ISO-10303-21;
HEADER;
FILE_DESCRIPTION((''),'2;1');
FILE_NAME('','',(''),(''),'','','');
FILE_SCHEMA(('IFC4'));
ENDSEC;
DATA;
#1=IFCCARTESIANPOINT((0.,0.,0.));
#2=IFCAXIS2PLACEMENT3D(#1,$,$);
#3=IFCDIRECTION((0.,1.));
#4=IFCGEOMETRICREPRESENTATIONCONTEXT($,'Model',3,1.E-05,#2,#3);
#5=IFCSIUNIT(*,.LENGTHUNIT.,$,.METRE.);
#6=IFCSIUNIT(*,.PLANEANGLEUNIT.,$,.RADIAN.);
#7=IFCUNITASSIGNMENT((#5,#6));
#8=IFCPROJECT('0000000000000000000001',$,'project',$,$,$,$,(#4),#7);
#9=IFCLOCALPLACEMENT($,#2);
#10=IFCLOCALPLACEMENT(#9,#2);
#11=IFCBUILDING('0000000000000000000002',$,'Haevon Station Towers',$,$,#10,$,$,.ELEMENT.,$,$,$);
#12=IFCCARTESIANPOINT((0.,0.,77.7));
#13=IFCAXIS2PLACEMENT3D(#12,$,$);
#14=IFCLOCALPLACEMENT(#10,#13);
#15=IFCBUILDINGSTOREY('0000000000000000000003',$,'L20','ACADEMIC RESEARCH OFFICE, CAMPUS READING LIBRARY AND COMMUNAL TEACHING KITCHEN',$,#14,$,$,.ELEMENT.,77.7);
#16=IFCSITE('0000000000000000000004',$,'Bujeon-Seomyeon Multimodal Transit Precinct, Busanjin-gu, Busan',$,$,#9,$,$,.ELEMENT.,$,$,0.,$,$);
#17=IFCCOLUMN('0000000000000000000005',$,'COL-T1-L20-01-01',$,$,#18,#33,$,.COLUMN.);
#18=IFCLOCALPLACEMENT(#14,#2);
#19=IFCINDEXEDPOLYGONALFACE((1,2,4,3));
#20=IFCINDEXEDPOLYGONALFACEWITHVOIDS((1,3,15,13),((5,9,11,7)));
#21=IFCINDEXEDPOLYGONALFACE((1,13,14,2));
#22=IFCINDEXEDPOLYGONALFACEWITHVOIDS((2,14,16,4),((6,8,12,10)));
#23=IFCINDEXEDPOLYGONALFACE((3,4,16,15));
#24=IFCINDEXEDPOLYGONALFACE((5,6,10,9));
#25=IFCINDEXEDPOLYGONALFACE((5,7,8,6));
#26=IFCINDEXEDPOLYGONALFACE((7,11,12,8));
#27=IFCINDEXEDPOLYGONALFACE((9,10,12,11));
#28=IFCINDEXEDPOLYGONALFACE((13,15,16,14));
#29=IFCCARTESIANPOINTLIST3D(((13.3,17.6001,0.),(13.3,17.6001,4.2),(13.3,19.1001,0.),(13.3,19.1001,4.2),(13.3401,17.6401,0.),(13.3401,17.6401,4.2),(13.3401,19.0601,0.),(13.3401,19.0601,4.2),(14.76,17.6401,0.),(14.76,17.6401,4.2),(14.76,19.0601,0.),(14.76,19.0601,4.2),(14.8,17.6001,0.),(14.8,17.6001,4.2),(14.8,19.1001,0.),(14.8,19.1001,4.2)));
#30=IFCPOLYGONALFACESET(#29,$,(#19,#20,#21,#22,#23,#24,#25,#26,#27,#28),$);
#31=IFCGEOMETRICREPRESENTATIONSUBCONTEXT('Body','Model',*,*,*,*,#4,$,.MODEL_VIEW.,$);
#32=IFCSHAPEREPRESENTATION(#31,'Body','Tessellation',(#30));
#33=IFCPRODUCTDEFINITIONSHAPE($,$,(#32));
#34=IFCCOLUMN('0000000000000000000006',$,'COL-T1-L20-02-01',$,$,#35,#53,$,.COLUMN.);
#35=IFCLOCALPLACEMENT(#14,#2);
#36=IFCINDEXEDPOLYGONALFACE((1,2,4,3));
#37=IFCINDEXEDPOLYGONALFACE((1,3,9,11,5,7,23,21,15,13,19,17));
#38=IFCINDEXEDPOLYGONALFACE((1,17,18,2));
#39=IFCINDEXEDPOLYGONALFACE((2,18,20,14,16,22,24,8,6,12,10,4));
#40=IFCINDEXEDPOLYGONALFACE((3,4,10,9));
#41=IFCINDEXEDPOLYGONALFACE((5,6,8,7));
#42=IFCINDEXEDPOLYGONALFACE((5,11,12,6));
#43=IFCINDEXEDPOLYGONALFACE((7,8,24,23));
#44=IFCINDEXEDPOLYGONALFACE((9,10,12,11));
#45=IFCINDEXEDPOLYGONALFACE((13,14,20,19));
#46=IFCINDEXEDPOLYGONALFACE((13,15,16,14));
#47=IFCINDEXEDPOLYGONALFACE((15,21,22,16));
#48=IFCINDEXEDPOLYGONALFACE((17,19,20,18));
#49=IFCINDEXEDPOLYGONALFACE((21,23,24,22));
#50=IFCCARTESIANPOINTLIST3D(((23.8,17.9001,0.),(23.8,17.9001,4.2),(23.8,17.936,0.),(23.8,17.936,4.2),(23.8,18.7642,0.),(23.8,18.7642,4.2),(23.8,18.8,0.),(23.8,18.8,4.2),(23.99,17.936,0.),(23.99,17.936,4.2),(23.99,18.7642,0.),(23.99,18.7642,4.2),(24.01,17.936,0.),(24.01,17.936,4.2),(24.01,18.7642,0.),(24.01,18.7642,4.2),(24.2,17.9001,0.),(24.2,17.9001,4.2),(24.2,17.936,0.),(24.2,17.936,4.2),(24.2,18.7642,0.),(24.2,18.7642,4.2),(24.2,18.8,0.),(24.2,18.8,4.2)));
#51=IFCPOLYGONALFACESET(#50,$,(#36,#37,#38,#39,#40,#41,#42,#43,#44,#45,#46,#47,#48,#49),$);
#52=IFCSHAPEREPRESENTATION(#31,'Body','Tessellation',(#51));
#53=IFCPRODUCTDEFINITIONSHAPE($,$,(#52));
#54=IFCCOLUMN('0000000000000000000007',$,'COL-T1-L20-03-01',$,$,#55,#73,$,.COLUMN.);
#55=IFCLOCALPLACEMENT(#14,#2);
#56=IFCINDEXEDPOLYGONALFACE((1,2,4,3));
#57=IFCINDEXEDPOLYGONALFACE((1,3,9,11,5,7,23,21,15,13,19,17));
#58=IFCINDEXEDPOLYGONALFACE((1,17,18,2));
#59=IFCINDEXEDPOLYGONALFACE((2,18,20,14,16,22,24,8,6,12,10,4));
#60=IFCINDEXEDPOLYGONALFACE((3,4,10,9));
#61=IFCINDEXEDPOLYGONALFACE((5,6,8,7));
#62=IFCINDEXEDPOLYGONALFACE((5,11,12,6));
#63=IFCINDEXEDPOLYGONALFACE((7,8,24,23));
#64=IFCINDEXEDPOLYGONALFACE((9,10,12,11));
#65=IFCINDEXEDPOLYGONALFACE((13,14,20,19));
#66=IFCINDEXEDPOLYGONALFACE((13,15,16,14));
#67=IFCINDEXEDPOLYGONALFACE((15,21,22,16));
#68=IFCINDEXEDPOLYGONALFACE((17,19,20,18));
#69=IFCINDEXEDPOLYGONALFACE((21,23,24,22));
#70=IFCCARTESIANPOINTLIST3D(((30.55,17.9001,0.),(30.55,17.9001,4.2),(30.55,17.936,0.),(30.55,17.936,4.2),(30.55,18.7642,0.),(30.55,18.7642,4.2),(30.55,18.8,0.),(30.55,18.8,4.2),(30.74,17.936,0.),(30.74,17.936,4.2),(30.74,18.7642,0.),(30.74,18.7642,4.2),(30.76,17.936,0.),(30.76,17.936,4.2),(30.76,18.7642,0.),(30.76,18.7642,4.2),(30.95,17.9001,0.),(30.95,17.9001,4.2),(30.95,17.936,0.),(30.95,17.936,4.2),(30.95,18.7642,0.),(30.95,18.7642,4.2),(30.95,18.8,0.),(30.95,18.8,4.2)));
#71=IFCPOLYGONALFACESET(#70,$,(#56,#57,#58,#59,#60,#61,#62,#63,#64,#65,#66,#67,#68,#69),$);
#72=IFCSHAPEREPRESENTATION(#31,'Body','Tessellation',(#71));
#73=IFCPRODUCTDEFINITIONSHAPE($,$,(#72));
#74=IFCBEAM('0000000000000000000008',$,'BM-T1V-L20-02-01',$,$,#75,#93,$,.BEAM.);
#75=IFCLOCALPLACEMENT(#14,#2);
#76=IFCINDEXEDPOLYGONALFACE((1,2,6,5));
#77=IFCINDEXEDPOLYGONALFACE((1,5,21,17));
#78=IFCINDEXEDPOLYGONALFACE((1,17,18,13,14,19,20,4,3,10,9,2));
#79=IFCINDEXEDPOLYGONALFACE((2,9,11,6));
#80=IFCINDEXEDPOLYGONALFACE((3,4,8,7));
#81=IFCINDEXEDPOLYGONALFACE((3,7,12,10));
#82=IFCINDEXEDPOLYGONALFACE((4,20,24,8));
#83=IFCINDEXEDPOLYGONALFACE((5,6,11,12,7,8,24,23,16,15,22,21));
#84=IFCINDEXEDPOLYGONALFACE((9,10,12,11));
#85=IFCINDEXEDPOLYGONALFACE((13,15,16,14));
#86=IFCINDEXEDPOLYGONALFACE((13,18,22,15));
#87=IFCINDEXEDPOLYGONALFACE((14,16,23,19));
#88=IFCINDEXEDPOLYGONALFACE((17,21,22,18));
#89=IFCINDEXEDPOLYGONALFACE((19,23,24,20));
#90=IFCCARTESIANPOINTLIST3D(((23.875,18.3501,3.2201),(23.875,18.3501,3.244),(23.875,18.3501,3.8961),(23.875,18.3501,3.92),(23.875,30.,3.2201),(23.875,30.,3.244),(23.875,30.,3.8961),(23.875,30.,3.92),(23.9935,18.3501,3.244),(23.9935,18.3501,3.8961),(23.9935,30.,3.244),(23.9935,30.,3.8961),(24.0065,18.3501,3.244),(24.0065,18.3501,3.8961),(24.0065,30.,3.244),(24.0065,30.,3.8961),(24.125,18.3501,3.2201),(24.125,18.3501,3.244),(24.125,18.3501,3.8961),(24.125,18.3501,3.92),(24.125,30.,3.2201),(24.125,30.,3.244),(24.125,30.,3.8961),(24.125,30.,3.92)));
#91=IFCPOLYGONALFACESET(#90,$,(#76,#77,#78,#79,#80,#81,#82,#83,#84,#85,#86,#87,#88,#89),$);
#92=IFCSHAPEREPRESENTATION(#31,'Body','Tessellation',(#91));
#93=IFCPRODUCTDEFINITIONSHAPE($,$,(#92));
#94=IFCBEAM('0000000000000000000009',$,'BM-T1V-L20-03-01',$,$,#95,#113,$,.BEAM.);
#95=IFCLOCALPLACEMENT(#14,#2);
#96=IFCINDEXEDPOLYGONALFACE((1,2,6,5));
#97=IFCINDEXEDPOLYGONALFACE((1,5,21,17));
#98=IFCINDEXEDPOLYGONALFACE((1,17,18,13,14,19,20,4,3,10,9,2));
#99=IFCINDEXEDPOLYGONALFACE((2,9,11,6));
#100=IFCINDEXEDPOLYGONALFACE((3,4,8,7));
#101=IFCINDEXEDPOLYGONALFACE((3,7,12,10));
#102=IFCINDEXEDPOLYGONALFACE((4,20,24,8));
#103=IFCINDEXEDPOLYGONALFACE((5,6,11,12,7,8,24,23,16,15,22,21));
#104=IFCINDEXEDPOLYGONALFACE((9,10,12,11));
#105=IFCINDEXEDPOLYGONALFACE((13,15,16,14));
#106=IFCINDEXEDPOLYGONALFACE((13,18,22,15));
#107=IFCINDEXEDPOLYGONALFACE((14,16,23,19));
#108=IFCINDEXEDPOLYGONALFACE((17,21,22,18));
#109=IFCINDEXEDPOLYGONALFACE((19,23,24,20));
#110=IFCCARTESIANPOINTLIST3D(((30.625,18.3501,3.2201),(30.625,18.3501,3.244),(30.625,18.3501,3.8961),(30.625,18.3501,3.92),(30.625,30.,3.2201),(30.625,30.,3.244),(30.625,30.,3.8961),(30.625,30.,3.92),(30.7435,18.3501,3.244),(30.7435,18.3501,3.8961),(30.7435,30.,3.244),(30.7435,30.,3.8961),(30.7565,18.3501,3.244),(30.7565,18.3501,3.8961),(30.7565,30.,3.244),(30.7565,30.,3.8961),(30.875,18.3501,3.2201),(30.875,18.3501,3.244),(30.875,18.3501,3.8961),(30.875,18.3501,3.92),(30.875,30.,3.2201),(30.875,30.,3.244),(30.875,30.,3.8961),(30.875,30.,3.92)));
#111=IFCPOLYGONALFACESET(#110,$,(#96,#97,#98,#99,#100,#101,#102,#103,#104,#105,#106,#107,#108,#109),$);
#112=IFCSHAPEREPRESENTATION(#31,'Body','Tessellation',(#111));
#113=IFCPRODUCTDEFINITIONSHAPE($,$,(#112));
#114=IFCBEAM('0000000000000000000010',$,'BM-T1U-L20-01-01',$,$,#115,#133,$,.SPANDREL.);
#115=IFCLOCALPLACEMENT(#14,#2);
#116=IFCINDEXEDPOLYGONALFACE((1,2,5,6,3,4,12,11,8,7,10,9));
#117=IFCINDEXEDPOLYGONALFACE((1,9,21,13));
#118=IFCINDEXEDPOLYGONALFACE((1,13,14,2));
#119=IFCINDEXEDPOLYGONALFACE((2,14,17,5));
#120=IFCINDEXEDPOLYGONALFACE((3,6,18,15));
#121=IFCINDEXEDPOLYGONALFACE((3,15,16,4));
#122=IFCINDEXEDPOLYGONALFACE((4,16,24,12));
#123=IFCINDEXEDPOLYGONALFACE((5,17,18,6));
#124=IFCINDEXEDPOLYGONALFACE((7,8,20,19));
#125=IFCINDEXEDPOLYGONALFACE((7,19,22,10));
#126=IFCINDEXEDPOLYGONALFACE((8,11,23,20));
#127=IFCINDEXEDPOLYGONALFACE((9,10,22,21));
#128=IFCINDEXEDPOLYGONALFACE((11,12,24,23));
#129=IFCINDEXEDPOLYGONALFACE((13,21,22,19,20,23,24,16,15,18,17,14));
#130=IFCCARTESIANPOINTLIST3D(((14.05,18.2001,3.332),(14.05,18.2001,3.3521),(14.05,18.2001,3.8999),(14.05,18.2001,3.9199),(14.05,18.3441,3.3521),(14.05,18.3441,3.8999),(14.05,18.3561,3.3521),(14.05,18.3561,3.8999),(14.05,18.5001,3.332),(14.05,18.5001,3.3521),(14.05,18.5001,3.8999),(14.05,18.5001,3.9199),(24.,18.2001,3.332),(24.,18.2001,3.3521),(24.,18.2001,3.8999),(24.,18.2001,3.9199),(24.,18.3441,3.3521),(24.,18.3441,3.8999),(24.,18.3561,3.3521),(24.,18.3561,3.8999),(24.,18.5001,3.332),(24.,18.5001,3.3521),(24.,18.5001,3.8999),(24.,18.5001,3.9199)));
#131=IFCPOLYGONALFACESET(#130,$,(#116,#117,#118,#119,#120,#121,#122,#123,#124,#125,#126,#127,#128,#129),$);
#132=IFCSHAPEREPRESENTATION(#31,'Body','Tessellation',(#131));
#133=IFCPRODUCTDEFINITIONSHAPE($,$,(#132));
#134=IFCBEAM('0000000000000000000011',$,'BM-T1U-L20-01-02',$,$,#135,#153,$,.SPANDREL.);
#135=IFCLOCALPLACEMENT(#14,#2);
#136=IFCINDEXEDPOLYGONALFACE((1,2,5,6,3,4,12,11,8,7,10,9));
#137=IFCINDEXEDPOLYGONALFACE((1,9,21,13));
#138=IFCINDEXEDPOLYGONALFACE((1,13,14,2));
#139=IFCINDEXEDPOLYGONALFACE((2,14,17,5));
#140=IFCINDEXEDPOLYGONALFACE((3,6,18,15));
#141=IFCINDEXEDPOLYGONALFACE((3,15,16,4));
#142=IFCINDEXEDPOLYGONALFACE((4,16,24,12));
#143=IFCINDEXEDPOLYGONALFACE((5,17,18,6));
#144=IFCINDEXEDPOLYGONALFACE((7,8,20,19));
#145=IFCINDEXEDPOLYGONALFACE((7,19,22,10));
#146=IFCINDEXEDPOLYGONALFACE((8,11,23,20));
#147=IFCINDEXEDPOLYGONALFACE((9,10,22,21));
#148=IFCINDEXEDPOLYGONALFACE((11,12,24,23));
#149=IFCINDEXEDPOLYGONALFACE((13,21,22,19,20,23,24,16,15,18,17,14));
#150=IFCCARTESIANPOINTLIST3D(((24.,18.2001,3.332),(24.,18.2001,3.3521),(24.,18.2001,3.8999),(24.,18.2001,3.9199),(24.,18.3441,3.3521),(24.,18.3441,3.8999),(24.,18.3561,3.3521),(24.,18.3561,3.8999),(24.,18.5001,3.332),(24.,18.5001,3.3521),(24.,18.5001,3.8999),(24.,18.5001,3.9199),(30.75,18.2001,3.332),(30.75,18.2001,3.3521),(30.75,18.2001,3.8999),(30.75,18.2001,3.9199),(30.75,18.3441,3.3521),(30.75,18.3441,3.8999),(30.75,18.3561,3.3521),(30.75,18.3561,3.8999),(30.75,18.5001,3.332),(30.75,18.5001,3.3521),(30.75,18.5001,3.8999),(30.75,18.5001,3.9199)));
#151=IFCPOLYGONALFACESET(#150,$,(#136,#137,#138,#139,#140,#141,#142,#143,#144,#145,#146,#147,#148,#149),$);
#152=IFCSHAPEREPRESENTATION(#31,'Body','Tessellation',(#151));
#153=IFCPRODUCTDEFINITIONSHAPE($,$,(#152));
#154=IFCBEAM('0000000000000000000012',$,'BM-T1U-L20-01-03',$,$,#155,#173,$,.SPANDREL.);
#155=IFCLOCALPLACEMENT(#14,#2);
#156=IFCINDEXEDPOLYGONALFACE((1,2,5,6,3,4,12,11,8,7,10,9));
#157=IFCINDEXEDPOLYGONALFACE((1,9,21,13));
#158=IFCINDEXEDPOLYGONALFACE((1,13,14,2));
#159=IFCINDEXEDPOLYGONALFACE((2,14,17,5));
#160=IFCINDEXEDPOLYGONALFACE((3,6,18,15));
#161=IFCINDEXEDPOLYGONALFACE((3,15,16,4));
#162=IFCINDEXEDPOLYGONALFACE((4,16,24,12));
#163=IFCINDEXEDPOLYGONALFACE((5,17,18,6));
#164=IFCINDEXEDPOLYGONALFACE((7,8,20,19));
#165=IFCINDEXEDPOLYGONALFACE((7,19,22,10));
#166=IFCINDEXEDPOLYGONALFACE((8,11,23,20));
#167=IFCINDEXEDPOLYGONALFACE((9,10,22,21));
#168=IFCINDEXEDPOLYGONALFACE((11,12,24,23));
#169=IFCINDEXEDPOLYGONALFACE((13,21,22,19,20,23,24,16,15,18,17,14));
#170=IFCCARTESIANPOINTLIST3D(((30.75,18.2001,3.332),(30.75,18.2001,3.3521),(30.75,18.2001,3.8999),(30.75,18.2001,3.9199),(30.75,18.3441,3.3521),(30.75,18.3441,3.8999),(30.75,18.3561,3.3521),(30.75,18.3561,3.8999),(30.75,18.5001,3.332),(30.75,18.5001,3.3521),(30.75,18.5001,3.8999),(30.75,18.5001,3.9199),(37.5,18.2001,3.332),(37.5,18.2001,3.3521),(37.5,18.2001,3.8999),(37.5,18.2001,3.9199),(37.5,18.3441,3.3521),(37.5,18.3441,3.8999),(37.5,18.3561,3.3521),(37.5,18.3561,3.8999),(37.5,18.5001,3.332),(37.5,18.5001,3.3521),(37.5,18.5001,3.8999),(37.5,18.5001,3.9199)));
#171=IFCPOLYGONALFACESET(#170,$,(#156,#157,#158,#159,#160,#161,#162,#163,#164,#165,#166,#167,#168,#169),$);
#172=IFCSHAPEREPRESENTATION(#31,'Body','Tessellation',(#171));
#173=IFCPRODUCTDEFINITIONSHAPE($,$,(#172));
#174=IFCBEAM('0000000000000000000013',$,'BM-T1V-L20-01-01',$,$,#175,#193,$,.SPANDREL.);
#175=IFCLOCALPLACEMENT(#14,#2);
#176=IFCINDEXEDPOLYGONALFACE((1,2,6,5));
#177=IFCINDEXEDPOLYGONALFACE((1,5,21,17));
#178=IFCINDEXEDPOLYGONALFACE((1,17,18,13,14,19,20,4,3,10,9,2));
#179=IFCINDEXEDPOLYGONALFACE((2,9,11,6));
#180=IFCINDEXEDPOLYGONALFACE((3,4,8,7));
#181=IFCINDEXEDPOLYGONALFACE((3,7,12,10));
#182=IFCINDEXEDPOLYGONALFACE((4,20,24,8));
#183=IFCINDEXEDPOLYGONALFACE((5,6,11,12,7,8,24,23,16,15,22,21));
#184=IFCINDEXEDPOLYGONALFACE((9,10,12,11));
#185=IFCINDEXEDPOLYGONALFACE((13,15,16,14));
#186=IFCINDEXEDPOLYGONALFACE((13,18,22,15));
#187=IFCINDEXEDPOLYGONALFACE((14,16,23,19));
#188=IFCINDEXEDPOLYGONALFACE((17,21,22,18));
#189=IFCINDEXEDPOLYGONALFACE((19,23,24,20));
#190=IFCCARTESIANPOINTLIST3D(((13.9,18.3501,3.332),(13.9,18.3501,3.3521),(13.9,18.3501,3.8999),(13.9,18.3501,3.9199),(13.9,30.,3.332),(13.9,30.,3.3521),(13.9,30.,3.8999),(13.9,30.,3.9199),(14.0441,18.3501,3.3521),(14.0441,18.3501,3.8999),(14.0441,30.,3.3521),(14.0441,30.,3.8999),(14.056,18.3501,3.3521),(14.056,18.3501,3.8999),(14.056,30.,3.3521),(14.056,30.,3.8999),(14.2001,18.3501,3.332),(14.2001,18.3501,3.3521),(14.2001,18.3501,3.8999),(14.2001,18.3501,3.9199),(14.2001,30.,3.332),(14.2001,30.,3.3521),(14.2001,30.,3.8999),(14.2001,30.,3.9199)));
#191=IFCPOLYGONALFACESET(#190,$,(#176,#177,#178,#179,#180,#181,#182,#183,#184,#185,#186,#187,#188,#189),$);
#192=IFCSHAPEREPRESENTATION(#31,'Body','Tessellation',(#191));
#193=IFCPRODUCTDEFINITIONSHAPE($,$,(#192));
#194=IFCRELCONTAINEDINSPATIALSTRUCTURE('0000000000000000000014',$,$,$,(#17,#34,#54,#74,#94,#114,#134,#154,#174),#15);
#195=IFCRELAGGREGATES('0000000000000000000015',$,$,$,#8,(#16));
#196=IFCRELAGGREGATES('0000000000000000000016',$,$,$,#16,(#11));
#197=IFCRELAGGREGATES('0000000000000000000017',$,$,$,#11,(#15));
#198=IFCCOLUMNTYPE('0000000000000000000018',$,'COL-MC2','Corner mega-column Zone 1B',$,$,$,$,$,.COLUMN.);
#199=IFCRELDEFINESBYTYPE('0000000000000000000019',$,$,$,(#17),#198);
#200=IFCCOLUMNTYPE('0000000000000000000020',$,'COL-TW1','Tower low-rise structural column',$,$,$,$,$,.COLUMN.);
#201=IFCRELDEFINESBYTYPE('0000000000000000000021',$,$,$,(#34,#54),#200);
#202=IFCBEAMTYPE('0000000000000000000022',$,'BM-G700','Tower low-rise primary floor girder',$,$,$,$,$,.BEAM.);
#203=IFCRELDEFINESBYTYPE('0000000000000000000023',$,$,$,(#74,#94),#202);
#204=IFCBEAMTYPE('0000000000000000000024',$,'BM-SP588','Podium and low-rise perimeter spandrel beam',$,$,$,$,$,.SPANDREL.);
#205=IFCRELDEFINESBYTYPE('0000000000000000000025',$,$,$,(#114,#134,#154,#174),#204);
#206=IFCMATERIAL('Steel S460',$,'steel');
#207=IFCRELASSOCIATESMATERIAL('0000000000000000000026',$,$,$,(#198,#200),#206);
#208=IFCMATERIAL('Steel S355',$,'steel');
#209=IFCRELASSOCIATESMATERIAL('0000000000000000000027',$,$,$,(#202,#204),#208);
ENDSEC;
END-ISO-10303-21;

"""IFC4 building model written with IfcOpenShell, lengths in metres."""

from ifc_helpers import new_model, si_unit, direction, frame, origin, origin_2d, place, context, subcontext, project, spatial, hollow_rectangle, i_section, extrude, material, material_profile, profile_set, type_object, element, save


model = new_model("IFC4")

# Units and contexts
model_context = context("Model", 3, precision=1e-05, world=origin(), true_north=direction((0.0, 1.0)))
body_context = subcontext(model_context, "Body", "Model", "MODEL_VIEW")
ifc_project = project(units=[si_unit("LENGTHUNIT", "METRE"), si_unit("PLANEANGLEUNIT", "RADIAN")], contexts=[model_context])

# Site, building, storey
site_placement = place(None, origin())
site = spatial("IfcSite", under=ifc_project, at=site_placement, Name="Bujeon-Seomyeon Multimodal Transit Precinct, Busanjin-gu, Busan", CompositionType="ELEMENT", RefElevation=0.0)
building_placement = place(site_placement, origin())
building = spatial("IfcBuilding", under=site, at=building_placement, Name="Haevon Station Towers", CompositionType="ELEMENT")
storey_placement = place(building_placement, frame((0.0, 0.0, 77.7)))
storey = spatial("IfcBuildingStorey", under=building, at=storey_placement, Name="L20", Description="ACADEMIC RESEARCH OFFICE, CAMPUS READING LIBRARY AND COMMUNAL TEACHING KITCHEN", CompositionType="ELEMENT", Elevation=77.7)

# Columns
ifc_material_1 = material(Name="Steel S460", Category="steel")
ifc_material_profile_1 = material_profile(ifc_material_1, hollow_rectangle(XDim=1.5, YDim=1.5, WallThickness=0.04, at=origin_2d()), Name="BOX-1500x1500x40")
ifc_profile_set_1 = profile_set([ifc_material_profile_1], Name="Steel S460")
column_type_1 = type_object("IfcColumnType", Name="COL-MC2", Description="Corner mega-column Zone 1B", PredefinedType="COLUMN", material=ifc_profile_set_1)
column_placement = place(storey_placement, frame((14.05, 18.3501, 0.0), z_axis=(0.0, 0.0, 1.0), x_axis=(1.0, 0.0, 0.0)))
element("IfcColumn", 1, at=column_placement, inside=storey, type_object=column_type_1, Name="COL-T1-L20-01-01", PredefinedType="COLUMN", context=body_context, shape_type="SweptSolid", body=[
    extrude(hollow_rectangle(XDim=1.5, YDim=1.5, WallThickness=0.04, at=origin_2d()), origin(), (0.0, 0.0, 1.0), 4.2),
])
ifc_material_profile_2 = material_profile(ifc_material_1, i_section(OverallWidth=0.3999, OverallDepth=0.8999, WebThickness=0.02, FlangeThickness=0.0359, at=origin_2d()), Name="H-900x400x20x36")
ifc_profile_set_2 = profile_set([ifc_material_profile_2], Name="Steel S460")
column_type_2 = type_object("IfcColumnType", Name="COL-TW1", Description="Tower low-rise structural column", PredefinedType="COLUMN", material=ifc_profile_set_2)
for number, where, z_axis, x_axis, name in (
    (2, (24.0, 18.3501, 0.0), (0.0, 0.0, 1.0), (1.0, 0.0, 0.0), "COL-T1-L20-02-01"),
    (3, (30.75, 18.3501, 0.0), (0.0, 0.0, 1.0), (1.0, 0.0, 0.0), "COL-T1-L20-03-01"),
):
    element("IfcColumn", number, at=place(storey_placement, frame(where, z_axis=z_axis, x_axis=x_axis)), inside=storey, type_object=column_type_2, Name=name, PredefinedType="COLUMN", context=body_context, shape_type="SweptSolid", body=[
        extrude(i_section(OverallWidth=0.3999, OverallDepth=0.8999, WebThickness=0.02, FlangeThickness=0.0359, at=origin_2d()), origin(), (0.0, 0.0, 1.0), 4.2),
    ])

# Beams
ifc_material_2 = material(Name="Steel S355", Category="steel")
ifc_material_profile_3 = material_profile(ifc_material_2, i_section(OverallWidth=0.25, OverallDepth=0.7, WebThickness=0.0129, FlangeThickness=0.0239, at=origin_2d()), Name="H-700x250x13x24")
ifc_profile_set_3 = profile_set([ifc_material_profile_3], Name="Steel S355")
beam_type_1 = type_object("IfcBeamType", Name="BM-G700", Description="Tower low-rise primary floor girder", PredefinedType="BEAM", material=ifc_profile_set_3)
for number, where, z_axis, x_axis, name in (
    (4, (24.0, 18.3501, 3.5701), (0.0, 1.0, 0.0), (-1.0, 0.0, 0.0), "BM-T1V-L20-02-01"),
    (5, (30.75, 18.3501, 3.5701), (0.0, 1.0, 0.0), (-1.0, 0.0, 0.0), "BM-T1V-L20-03-01"),
):
    element("IfcBeam", number, at=place(storey_placement, frame(where, z_axis=z_axis, x_axis=x_axis)), inside=storey, type_object=beam_type_1, Name=name, PredefinedType="BEAM", context=body_context, shape_type="SweptSolid", body=[
        extrude(i_section(OverallWidth=0.25, OverallDepth=0.7, WebThickness=0.0129, FlangeThickness=0.0239, at=origin_2d()), origin(), (0.0, 0.0, 1.0), 11.6499),
    ])
ifc_material_profile_4 = material_profile(ifc_material_2, i_section(OverallWidth=0.3, OverallDepth=0.5879, WebThickness=0.012, FlangeThickness=0.02, at=origin_2d()), Name="H-588x300x12x20")
ifc_profile_set_4 = profile_set([ifc_material_profile_4], Name="Steel S355")
beam_type_2 = type_object("IfcBeamType", Name="BM-SP588", Description="Podium and low-rise perimeter spandrel beam", PredefinedType="SPANDREL", material=ifc_profile_set_4)
beam_1_placement = place(storey_placement, frame((14.05, 18.3501, 3.626), z_axis=(1.0, 0.0, 0.0), x_axis=(0.0, 1.0, 0.0)))
element("IfcBeam", 6, at=beam_1_placement, inside=storey, type_object=beam_type_2, Name="BM-T1U-L20-01-01", PredefinedType="SPANDREL", context=body_context, shape_type="SweptSolid", body=[
    extrude(i_section(OverallWidth=0.3, OverallDepth=0.5879, WebThickness=0.012, FlangeThickness=0.02, at=origin_2d()), origin(), (0.0, 0.0, 1.0), 9.95),
])
for number, where, z_axis, x_axis, name in (
    (7, (24.0, 18.3501, 3.626), (1.0, 0.0, 0.0), (0.0, 1.0, 0.0), "BM-T1U-L20-01-02"),
    (8, (30.75, 18.3501, 3.626), (1.0, 0.0, 0.0), (0.0, 1.0, 0.0), "BM-T1U-L20-01-03"),
):
    element("IfcBeam", number, at=place(storey_placement, frame(where, z_axis=z_axis, x_axis=x_axis)), inside=storey, type_object=beam_type_2, Name=name, PredefinedType="SPANDREL", context=body_context, shape_type="SweptSolid", body=[
        extrude(i_section(OverallWidth=0.3, OverallDepth=0.5879, WebThickness=0.012, FlangeThickness=0.02, at=origin_2d()), origin(), (0.0, 0.0, 1.0), 6.75),
    ])
beam_2_placement = place(storey_placement, frame((14.05, 18.3501, 3.626), z_axis=(0.0, 1.0, 0.0), x_axis=(-1.0, 0.0, 0.0)))
element("IfcBeam", 9, at=beam_2_placement, inside=storey, type_object=beam_type_2, Name="BM-T1V-L20-01-01", PredefinedType="SPANDREL", context=body_context, shape_type="SweptSolid", body=[
    extrude(i_section(OverallWidth=0.3, OverallDepth=0.5879, WebThickness=0.012, FlangeThickness=0.02, at=origin_2d()), origin(), (0.0, 0.0, 1.0), 11.6499),
])

save(model, "model.ifc")
